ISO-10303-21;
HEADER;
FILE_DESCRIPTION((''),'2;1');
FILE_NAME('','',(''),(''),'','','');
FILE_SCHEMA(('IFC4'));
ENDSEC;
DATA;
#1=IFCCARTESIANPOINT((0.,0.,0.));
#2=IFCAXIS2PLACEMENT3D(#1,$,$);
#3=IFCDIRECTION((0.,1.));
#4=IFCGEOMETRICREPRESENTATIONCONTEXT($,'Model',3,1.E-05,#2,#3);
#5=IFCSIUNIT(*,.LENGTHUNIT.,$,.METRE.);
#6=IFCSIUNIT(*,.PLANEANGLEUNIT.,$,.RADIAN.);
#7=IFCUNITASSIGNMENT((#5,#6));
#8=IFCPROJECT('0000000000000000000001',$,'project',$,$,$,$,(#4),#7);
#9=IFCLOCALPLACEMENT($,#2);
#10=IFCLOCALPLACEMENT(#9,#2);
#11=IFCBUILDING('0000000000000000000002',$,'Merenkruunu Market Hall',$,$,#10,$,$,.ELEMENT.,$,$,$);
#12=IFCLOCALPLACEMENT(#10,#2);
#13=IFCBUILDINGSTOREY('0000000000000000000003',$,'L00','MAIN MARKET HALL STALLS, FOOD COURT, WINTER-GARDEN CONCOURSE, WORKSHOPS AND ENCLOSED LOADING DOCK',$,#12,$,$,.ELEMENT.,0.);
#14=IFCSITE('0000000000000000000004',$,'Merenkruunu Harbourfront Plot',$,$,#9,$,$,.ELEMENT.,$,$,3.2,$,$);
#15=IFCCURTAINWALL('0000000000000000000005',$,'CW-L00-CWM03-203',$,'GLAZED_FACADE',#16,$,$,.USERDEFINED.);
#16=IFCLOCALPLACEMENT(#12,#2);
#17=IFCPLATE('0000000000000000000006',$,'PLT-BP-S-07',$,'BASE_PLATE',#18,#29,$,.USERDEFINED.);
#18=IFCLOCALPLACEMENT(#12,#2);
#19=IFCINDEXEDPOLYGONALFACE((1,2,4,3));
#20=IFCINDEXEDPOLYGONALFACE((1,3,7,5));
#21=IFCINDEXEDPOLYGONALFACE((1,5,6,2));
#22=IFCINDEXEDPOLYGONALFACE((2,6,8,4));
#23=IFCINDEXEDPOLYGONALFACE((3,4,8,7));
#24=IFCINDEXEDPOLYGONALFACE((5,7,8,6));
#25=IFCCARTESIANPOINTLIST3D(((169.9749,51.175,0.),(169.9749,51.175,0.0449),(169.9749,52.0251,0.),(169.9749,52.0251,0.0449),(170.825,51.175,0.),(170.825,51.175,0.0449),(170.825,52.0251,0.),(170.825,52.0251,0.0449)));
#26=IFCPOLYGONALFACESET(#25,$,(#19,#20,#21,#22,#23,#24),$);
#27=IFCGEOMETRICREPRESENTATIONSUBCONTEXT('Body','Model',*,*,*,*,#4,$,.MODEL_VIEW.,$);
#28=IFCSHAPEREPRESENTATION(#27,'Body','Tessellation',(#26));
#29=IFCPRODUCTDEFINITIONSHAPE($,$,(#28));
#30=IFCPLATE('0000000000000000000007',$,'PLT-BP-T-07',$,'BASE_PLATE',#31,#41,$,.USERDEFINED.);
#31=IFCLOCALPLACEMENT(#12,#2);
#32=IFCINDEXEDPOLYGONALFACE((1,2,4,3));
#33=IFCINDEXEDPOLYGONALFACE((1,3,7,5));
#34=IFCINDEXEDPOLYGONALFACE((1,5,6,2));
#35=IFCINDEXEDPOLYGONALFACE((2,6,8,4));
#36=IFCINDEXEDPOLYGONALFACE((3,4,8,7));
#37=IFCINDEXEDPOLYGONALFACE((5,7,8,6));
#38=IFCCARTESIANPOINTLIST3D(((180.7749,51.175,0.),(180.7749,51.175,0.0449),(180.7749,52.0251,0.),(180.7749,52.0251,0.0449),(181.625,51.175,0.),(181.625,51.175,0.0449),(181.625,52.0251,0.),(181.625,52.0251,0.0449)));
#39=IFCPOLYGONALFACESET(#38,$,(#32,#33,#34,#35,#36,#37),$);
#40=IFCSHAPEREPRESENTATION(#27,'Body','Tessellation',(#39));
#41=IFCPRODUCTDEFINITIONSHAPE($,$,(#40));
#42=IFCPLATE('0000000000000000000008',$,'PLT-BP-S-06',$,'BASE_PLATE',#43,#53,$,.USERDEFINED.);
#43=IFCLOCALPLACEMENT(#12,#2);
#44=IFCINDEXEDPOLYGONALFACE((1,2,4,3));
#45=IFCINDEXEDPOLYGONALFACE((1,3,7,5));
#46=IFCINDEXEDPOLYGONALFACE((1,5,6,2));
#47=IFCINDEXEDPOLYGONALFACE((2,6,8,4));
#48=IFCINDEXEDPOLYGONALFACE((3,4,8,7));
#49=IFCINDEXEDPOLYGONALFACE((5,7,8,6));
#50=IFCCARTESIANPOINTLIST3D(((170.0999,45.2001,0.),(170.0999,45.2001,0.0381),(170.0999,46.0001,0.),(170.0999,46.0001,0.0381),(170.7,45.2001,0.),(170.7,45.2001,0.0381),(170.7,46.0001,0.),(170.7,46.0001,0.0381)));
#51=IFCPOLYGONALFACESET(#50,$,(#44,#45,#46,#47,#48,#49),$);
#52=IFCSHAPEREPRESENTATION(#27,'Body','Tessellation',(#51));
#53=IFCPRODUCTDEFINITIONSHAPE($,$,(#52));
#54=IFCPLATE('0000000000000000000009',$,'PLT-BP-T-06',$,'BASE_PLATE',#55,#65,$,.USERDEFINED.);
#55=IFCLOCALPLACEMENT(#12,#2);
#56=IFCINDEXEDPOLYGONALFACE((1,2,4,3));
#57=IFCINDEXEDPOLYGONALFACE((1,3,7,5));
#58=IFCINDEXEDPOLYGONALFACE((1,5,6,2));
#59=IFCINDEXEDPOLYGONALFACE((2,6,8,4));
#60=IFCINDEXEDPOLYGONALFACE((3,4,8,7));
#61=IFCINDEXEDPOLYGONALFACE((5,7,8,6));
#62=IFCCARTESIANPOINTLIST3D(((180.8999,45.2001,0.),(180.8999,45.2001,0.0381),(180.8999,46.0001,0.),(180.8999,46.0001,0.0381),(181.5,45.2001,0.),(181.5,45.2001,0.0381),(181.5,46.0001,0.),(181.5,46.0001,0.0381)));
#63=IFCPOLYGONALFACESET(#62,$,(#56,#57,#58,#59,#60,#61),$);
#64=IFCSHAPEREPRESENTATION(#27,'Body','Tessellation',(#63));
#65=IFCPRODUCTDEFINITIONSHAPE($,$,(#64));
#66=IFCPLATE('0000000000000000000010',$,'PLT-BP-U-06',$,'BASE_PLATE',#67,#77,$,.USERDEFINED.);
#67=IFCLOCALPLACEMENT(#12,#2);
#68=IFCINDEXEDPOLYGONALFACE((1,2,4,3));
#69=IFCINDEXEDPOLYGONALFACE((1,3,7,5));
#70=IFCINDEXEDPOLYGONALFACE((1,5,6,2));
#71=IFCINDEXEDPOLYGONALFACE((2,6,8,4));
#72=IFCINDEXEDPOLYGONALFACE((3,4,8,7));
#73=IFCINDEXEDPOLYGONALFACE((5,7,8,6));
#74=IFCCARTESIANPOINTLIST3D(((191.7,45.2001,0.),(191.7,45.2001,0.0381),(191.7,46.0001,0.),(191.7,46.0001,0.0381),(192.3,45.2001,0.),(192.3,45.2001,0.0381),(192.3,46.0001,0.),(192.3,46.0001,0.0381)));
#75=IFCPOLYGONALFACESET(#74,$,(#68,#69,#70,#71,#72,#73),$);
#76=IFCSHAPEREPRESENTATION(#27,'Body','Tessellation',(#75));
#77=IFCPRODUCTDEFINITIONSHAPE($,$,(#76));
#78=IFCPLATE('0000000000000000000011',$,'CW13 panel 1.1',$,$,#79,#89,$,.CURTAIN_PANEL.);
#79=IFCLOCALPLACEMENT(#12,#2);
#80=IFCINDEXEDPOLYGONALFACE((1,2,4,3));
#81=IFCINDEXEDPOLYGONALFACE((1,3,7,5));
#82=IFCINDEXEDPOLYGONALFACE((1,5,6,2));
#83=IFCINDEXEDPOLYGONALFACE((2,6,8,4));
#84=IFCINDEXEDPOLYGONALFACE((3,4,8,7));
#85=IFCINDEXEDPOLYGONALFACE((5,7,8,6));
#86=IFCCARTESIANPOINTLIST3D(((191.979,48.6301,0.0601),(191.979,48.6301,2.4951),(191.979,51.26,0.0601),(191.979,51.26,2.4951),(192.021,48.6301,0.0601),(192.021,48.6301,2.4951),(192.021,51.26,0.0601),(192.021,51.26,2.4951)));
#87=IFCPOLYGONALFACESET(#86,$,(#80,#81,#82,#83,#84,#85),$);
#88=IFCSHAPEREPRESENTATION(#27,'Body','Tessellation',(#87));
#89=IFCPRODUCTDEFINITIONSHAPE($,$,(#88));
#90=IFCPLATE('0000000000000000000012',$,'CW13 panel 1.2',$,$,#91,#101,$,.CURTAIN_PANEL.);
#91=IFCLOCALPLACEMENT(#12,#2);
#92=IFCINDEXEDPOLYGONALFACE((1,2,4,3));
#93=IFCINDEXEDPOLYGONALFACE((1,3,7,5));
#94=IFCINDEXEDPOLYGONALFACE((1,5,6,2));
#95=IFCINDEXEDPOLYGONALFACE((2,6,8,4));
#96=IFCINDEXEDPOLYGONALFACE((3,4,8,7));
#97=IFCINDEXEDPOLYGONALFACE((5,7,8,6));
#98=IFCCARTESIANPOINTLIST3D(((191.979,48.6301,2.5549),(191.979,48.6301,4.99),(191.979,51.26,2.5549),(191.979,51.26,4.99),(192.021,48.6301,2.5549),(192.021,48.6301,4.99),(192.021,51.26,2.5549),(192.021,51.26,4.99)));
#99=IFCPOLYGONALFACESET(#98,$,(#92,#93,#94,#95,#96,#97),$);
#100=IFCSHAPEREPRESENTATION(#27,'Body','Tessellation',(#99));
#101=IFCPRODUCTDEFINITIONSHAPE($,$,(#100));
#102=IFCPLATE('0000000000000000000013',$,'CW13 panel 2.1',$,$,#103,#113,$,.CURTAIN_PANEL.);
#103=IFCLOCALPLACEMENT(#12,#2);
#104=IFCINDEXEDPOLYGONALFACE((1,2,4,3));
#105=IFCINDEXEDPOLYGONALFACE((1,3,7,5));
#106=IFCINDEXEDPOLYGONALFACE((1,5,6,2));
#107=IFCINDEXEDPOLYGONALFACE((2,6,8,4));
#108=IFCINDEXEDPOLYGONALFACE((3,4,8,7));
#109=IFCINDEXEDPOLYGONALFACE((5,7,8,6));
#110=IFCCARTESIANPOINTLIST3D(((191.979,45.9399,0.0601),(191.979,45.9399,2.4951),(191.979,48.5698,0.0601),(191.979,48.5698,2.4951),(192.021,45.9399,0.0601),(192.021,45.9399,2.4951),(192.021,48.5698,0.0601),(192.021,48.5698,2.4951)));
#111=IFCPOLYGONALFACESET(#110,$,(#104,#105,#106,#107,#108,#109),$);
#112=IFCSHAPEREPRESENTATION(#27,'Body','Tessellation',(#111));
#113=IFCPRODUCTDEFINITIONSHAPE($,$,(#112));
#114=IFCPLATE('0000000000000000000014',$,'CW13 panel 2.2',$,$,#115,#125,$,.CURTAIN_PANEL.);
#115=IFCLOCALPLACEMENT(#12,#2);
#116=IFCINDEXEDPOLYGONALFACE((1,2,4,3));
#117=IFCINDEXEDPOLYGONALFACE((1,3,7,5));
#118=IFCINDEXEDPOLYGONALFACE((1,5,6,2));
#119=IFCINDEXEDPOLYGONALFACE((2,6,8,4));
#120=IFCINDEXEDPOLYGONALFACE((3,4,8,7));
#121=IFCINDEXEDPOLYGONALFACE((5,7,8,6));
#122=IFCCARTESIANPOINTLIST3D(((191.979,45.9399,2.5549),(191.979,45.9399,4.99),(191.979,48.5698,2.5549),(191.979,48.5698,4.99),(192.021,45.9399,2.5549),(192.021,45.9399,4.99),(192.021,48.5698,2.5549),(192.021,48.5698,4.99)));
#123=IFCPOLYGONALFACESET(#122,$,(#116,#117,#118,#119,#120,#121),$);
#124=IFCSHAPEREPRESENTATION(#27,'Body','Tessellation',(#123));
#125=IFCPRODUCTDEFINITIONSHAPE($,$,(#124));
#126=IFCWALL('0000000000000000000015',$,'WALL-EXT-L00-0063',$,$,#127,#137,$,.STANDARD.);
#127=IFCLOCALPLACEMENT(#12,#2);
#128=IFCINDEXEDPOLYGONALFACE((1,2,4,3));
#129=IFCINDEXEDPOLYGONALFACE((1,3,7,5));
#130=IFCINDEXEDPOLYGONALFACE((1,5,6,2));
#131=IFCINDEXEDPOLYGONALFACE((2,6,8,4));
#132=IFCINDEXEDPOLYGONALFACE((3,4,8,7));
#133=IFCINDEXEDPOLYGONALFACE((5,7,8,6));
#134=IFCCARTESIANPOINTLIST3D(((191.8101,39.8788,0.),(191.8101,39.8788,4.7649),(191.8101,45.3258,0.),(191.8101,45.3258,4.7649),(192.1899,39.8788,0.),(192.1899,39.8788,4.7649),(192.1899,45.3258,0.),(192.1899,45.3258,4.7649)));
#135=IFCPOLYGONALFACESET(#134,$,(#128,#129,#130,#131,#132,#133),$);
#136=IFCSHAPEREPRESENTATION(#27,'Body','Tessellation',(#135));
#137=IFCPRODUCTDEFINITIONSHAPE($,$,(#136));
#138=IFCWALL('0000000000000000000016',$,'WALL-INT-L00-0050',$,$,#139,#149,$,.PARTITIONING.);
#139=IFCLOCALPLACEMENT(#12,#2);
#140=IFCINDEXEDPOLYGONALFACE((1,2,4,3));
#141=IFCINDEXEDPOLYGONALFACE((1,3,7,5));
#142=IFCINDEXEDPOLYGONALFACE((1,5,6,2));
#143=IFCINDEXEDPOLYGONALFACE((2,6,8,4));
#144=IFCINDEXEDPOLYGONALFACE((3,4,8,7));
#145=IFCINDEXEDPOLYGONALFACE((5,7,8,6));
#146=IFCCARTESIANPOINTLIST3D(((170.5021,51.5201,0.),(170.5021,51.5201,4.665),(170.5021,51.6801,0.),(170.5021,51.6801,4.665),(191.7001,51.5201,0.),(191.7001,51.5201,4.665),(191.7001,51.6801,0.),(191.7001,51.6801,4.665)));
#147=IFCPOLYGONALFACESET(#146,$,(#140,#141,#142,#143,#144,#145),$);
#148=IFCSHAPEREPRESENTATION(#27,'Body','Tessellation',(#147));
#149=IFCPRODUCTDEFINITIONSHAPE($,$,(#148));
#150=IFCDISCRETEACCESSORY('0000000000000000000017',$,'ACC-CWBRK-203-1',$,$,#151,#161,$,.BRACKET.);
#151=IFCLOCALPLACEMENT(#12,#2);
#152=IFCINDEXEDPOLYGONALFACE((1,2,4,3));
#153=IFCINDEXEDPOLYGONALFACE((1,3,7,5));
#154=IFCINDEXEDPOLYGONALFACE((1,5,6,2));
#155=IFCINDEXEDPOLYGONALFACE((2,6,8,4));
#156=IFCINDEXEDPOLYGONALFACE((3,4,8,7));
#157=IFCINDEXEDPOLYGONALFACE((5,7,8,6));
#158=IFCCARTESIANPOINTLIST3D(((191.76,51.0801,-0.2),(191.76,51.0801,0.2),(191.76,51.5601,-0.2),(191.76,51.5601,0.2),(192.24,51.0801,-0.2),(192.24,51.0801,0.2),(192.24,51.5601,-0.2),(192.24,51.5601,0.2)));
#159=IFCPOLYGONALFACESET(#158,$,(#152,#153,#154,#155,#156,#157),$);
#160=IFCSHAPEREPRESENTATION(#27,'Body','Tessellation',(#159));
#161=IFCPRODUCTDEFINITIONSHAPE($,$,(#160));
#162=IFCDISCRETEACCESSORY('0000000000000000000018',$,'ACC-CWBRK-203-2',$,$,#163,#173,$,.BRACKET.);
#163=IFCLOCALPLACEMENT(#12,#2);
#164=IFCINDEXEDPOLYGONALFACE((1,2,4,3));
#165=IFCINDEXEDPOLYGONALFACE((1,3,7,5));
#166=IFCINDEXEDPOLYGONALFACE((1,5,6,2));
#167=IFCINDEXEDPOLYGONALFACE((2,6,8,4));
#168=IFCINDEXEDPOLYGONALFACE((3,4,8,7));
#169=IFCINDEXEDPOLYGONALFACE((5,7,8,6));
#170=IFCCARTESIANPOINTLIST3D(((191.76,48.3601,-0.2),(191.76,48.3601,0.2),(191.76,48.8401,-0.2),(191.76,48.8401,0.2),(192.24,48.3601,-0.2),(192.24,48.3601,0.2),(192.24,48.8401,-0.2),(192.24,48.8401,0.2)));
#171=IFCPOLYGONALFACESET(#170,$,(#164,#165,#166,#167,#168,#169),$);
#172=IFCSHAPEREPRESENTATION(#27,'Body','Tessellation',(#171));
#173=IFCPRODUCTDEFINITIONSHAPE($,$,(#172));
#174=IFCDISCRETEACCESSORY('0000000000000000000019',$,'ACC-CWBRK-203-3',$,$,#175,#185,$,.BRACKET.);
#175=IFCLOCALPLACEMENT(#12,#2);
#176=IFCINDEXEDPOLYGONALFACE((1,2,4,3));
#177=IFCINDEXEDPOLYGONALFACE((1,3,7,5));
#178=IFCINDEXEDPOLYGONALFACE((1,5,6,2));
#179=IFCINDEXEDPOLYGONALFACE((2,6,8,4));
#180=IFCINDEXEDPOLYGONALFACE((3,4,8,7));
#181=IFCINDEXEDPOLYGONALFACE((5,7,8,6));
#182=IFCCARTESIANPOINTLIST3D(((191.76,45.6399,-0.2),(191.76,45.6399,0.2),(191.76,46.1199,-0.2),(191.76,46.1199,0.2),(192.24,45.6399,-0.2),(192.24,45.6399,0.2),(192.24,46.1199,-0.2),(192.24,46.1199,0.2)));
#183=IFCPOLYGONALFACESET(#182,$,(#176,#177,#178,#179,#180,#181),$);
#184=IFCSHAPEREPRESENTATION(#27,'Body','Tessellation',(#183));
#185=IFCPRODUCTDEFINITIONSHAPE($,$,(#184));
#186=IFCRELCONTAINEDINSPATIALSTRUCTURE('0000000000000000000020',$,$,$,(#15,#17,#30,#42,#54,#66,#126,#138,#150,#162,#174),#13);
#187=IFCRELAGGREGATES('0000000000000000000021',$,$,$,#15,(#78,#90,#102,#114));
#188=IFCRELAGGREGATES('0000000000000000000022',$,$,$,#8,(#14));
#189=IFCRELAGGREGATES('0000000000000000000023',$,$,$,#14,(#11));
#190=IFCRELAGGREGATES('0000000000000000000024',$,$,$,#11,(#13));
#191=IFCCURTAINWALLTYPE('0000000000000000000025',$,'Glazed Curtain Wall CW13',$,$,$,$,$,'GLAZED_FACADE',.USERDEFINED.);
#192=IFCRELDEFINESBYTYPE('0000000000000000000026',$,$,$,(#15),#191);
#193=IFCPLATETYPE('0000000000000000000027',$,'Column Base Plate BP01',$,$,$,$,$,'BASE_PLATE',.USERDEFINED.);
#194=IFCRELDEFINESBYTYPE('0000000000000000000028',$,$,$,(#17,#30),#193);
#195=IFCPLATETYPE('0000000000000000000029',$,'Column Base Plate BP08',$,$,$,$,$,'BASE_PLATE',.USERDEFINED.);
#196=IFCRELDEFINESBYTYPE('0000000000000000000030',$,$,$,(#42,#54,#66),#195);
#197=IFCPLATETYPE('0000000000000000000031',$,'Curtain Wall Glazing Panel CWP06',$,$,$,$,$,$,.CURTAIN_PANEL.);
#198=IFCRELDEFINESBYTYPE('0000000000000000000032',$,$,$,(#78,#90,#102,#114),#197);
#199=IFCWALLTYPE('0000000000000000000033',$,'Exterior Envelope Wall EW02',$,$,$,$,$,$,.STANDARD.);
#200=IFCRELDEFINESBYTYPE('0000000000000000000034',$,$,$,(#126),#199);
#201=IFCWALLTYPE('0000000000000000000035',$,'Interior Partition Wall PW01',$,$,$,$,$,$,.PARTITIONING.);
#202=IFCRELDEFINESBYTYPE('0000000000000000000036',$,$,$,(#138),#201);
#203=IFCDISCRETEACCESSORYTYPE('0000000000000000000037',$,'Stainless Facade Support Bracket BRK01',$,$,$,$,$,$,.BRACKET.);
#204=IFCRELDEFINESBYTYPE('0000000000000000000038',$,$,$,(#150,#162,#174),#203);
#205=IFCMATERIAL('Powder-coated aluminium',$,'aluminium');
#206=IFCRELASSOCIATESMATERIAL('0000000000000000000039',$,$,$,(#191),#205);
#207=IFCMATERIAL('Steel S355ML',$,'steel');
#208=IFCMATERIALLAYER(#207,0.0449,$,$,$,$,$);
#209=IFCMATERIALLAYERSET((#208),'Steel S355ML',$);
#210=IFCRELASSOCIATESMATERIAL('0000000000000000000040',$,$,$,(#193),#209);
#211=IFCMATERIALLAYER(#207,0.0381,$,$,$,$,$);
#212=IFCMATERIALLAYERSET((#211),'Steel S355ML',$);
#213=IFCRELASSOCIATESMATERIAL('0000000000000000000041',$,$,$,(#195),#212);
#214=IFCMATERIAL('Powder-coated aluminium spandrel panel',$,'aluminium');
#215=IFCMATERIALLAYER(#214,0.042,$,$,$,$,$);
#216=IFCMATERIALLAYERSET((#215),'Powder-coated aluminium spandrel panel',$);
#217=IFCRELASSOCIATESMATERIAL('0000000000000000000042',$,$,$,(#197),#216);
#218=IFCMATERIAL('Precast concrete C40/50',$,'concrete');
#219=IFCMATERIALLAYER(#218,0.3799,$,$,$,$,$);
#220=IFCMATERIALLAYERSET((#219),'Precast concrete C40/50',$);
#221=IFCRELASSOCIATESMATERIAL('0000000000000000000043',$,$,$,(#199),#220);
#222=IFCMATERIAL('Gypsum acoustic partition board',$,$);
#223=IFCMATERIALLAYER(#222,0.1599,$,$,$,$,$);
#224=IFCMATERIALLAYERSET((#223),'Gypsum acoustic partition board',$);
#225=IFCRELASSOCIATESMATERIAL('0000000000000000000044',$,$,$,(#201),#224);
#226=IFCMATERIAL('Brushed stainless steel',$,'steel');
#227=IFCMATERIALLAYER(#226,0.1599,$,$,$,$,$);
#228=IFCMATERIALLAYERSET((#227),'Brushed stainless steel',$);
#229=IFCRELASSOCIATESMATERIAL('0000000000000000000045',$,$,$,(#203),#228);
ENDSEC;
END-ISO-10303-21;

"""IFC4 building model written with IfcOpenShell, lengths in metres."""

from ifc_helpers import new_model, si_unit, direction, frame, frame_2d, origin, origin_2d, place, context, subcontext, project, spatial, rectangle, extrude, material, layer, layer_set, type_object, element, aggregate, save


model = new_model("IFC4")

# Units and contexts
model_context = context("Model", 3, precision=1e-05, world=origin(), true_north=direction((0.0, 1.0)))
body_context = subcontext(model_context, "Body", "Model", "MODEL_VIEW")
ifc_project = project(units=[si_unit("LENGTHUNIT", "METRE"), si_unit("PLANEANGLEUNIT", "RADIAN")], contexts=[model_context])

# Site, building, storey
site_placement = place(None, origin())
site = spatial("IfcSite", under=ifc_project, at=site_placement, Name="Merenkruunu Harbourfront Plot", CompositionType="ELEMENT", RefElevation=3.2)
building_placement = place(site_placement, origin())
building = spatial("IfcBuilding", under=site, at=building_placement, Name="Merenkruunu Market Hall", CompositionType="ELEMENT")
storey_placement = place(building_placement, origin())
storey = spatial("IfcBuildingStorey", under=building, at=storey_placement, Name="L00", Description="MAIN MARKET HALL STALLS, FOOD COURT, WINTER-GARDEN CONCOURSE, WORKSHOPS AND ENCLOSED LOADING DOCK", CompositionType="ELEMENT", Elevation=0.0)

# Curtain wall
ifc_material_1 = material(Name="Powder-coated aluminium", Category="aluminium")
curtain_wall_type = type_object("IfcCurtainWallType", Name="Glazed Curtain Wall CW13", ElementType="GLAZED_FACADE", PredefinedType="USERDEFINED", material=ifc_material_1)
curtain_wall_placement = place(storey_placement, origin())
curtain_wall = element("IfcCurtainWall", 1, at=curtain_wall_placement, inside=storey, type_object=curtain_wall_type, Name="CW-L00-CWM03-203", ObjectType="GLAZED_FACADE", PredefinedType="USERDEFINED")

# Plates
ifc_material_2 = material(Name="Steel S355ML", Category="steel")
ifc_layer_1 = layer(ifc_material_2, 0.0449)
ifc_layer_set_1 = layer_set([ifc_layer_1], Name="Steel S355ML")
plate_type_1 = type_object("IfcPlateType", Name="Column Base Plate BP01", ElementType="BASE_PLATE", PredefinedType="USERDEFINED", material=ifc_layer_set_1)
for number, where, z_axis, x_axis, name in (
    (2, (170.3999, 51.6001, 0.0), (0.0, 0.0, 1.0), (1.0, 0.0, 0.0), "PLT-BP-S-07"),
    (3, (181.2, 51.6001, 0.0), (0.0, 0.0, 1.0), (1.0, 0.0, 0.0), "PLT-BP-T-07"),
):
    element("IfcPlate", number, at=place(storey_placement, frame(where, z_axis=z_axis, x_axis=x_axis)), inside=storey, type_object=plate_type_1, Name=name, ObjectType="BASE_PLATE", PredefinedType="USERDEFINED", context=body_context, shape_type="SweptSolid", body=[
        extrude(rectangle(XDim=0.8501, YDim=0.8501, at=origin_2d()), origin(), (0.0, 0.0, 1.0), 0.0449),
    ])
ifc_layer_2 = layer(ifc_material_2, 0.0381)
ifc_layer_set_2 = layer_set([ifc_layer_2], Name="Steel S355ML")
plate_type_2 = type_object("IfcPlateType", Name="Column Base Plate BP08", ElementType="BASE_PLATE", PredefinedType="USERDEFINED", material=ifc_layer_set_2)
for number, where, z_axis, x_axis, name in (
    (4, (170.3999, 45.6001, 0.0), (0.0, 0.0, 1.0), (1.0, 0.0, 0.0), "PLT-BP-S-06"),
    (5, (181.2, 45.6001, 0.0), (0.0, 0.0, 1.0), (1.0, 0.0, 0.0), "PLT-BP-T-06"),
    (6, (192.0, 45.6001, 0.0), (0.0, 0.0, 1.0), (1.0, 0.0, 0.0), "PLT-BP-U-06"),
):
    element("IfcPlate", number, at=place(storey_placement, frame(where, z_axis=z_axis, x_axis=x_axis)), inside=storey, type_object=plate_type_2, Name=name, ObjectType="BASE_PLATE", PredefinedType="USERDEFINED", context=body_context, shape_type="SweptSolid", body=[
        extrude(rectangle(XDim=0.6001, YDim=0.8, at=origin_2d()), origin(), (0.0, 0.0, 1.0), 0.0381),
    ])

# Plates
ifc_material_3 = material(Name="Powder-coated aluminium spandrel panel", Category="aluminium")
ifc_layer_3 = layer(ifc_material_3, 0.042)
ifc_layer_set_3 = layer_set([ifc_layer_3], Name="Powder-coated aluminium spandrel panel")
plate_type_3 = type_object("IfcPlateType", Name="Curtain Wall Glazing Panel CWP06", PredefinedType="CURTAIN_PANEL", material=ifc_layer_set_3)
plate_1_placement = place(storey_placement, frame((192.0, 49.9451, 0.0601), z_axis=(0.0, 0.0, 1.0), x_axis=(0.0, -1.0, 0.0)))
plate_1 = element("IfcPlate", 7, at=plate_1_placement, type_object=plate_type_3, Name="CW13 panel 1.1", PredefinedType="CURTAIN_PANEL", context=body_context, shape_type="SweptSolid", body=[
    extrude(rectangle(XDim=2.6299, YDim=0.042, at=origin_2d()), origin(), (0.0, 0.0, 1.0), 2.4351),
])
plate_2_placement = place(storey_placement, frame((192.0, 49.9451, 2.5549), z_axis=(0.0, 0.0, 1.0), x_axis=(0.0, -1.0, 0.0)))
plate_2 = element("IfcPlate", 8, at=plate_2_placement, type_object=plate_type_3, Name="CW13 panel 1.2", PredefinedType="CURTAIN_PANEL", context=body_context, shape_type="SweptSolid", body=[
    extrude(rectangle(XDim=2.6299, YDim=0.042, at=origin_2d()), origin(), (0.0, 0.0, 1.0), 2.4351),
])
plate_3_placement = place(storey_placement, frame((192.0, 47.2549, 0.0601), z_axis=(0.0, 0.0, 1.0), x_axis=(0.0, -1.0, 0.0)))
plate_3 = element("IfcPlate", 9, at=plate_3_placement, type_object=plate_type_3, Name="CW13 panel 2.1", PredefinedType="CURTAIN_PANEL", context=body_context, shape_type="SweptSolid", body=[
    extrude(rectangle(XDim=2.6299, YDim=0.042, at=origin_2d()), origin(), (0.0, 0.0, 1.0), 2.4351),
])
plate_4_placement = place(storey_placement, frame((192.0, 47.2549, 2.5549), z_axis=(0.0, 0.0, 1.0), x_axis=(0.0, -1.0, 0.0)))
plate_4 = element("IfcPlate", 10, at=plate_4_placement, type_object=plate_type_3, Name="CW13 panel 2.2", PredefinedType="CURTAIN_PANEL", context=body_context, shape_type="SweptSolid", body=[
    extrude(rectangle(XDim=2.6299, YDim=0.042, at=origin_2d()), origin(), (0.0, 0.0, 1.0), 2.4351),
])
aggregate(curtain_wall, [plate_1, plate_2, plate_3, plate_4])

# Walls
ifc_material_4 = material(Name="Precast concrete C40/50", Category="concrete")
ifc_layer_4 = layer(ifc_material_4, 0.3799)
ifc_layer_set_4 = layer_set([ifc_layer_4], Name="Precast concrete C40/50")
wall_type_1 = type_object("IfcWallType", Name="Exterior Envelope Wall EW02", PredefinedType="STANDARD", material=ifc_layer_set_4)
wall_1_placement = place(storey_placement, frame((192.0, 45.3259, 0.0), z_axis=(0.0, 0.0, 1.0), x_axis=(0.0, -1.0, 0.0)))
element("IfcWall", 11, at=wall_1_placement, inside=storey, type_object=wall_type_1, Name="WALL-EXT-L00-0063", PredefinedType="STANDARD", context=body_context, shape_type="SweptSolid", body=[
    extrude(rectangle(XDim=5.447, YDim=0.3799, at=frame_2d((2.7236, 0.0))), origin(), (0.0, 0.0, 1.0), 4.7649),
])
ifc_material_5 = material(Name="Gypsum acoustic partition board")
ifc_layer_5 = layer(ifc_material_5, 0.1599)
ifc_layer_set_5 = layer_set([ifc_layer_5], Name="Gypsum acoustic partition board")
wall_type_2 = type_object("IfcWallType", Name="Interior Partition Wall PW01", PredefinedType="PARTITIONING", material=ifc_layer_set_5)
wall_2_placement = place(storey_placement, frame((170.502, 51.6001, 0.0), z_axis=(0.0, 0.0, 1.0), x_axis=(1.0, 0.0, 0.0)))
element("IfcWall", 12, at=wall_2_placement, inside=storey, type_object=wall_type_2, Name="WALL-INT-L00-0050", PredefinedType="PARTITIONING", context=body_context, shape_type="SweptSolid", body=[
    extrude(rectangle(XDim=21.198, YDim=0.1599, at=frame_2d((10.5991, 0.0))), origin(), (0.0, 0.0, 1.0), 4.665),
])

# Discrete accessories
ifc_material_6 = material(Name="Brushed stainless steel", Category="steel")
ifc_layer_6 = layer(ifc_material_6, 0.1599)
ifc_layer_set_6 = layer_set([ifc_layer_6], Name="Brushed stainless steel")
discrete_accessory_type = type_object("IfcDiscreteAccessoryType", Name="Stainless Facade Support Bracket BRK01", PredefinedType="BRACKET", material=ifc_layer_set_6)
for number, where, z_axis, x_axis, name in (
    (13, (192.0, 51.3201, -0.2), (0.0, 0.0, 1.0), (1.0, 0.0, 0.0), "ACC-CWBRK-203-1"),
    (14, (192.0, 48.6001, -0.2), (0.0, 0.0, 1.0), (1.0, 0.0, 0.0), "ACC-CWBRK-203-2"),
    (15, (192.0, 45.8799, -0.2), (0.0, 0.0, 1.0), (1.0, 0.0, 0.0), "ACC-CWBRK-203-3"),
):
    element("IfcDiscreteAccessory", number, at=place(storey_placement, frame(where, z_axis=z_axis, x_axis=x_axis)), inside=storey, type_object=discrete_accessory_type, Name=name, PredefinedType="BRACKET", context=body_context, shape_type="SweptSolid", body=[
        extrude(rectangle(XDim=0.48, YDim=0.48, at=origin_2d()), origin(), (0.0, 0.0, 1.0), 0.3999),
    ])

save(model, "model.ifc")
